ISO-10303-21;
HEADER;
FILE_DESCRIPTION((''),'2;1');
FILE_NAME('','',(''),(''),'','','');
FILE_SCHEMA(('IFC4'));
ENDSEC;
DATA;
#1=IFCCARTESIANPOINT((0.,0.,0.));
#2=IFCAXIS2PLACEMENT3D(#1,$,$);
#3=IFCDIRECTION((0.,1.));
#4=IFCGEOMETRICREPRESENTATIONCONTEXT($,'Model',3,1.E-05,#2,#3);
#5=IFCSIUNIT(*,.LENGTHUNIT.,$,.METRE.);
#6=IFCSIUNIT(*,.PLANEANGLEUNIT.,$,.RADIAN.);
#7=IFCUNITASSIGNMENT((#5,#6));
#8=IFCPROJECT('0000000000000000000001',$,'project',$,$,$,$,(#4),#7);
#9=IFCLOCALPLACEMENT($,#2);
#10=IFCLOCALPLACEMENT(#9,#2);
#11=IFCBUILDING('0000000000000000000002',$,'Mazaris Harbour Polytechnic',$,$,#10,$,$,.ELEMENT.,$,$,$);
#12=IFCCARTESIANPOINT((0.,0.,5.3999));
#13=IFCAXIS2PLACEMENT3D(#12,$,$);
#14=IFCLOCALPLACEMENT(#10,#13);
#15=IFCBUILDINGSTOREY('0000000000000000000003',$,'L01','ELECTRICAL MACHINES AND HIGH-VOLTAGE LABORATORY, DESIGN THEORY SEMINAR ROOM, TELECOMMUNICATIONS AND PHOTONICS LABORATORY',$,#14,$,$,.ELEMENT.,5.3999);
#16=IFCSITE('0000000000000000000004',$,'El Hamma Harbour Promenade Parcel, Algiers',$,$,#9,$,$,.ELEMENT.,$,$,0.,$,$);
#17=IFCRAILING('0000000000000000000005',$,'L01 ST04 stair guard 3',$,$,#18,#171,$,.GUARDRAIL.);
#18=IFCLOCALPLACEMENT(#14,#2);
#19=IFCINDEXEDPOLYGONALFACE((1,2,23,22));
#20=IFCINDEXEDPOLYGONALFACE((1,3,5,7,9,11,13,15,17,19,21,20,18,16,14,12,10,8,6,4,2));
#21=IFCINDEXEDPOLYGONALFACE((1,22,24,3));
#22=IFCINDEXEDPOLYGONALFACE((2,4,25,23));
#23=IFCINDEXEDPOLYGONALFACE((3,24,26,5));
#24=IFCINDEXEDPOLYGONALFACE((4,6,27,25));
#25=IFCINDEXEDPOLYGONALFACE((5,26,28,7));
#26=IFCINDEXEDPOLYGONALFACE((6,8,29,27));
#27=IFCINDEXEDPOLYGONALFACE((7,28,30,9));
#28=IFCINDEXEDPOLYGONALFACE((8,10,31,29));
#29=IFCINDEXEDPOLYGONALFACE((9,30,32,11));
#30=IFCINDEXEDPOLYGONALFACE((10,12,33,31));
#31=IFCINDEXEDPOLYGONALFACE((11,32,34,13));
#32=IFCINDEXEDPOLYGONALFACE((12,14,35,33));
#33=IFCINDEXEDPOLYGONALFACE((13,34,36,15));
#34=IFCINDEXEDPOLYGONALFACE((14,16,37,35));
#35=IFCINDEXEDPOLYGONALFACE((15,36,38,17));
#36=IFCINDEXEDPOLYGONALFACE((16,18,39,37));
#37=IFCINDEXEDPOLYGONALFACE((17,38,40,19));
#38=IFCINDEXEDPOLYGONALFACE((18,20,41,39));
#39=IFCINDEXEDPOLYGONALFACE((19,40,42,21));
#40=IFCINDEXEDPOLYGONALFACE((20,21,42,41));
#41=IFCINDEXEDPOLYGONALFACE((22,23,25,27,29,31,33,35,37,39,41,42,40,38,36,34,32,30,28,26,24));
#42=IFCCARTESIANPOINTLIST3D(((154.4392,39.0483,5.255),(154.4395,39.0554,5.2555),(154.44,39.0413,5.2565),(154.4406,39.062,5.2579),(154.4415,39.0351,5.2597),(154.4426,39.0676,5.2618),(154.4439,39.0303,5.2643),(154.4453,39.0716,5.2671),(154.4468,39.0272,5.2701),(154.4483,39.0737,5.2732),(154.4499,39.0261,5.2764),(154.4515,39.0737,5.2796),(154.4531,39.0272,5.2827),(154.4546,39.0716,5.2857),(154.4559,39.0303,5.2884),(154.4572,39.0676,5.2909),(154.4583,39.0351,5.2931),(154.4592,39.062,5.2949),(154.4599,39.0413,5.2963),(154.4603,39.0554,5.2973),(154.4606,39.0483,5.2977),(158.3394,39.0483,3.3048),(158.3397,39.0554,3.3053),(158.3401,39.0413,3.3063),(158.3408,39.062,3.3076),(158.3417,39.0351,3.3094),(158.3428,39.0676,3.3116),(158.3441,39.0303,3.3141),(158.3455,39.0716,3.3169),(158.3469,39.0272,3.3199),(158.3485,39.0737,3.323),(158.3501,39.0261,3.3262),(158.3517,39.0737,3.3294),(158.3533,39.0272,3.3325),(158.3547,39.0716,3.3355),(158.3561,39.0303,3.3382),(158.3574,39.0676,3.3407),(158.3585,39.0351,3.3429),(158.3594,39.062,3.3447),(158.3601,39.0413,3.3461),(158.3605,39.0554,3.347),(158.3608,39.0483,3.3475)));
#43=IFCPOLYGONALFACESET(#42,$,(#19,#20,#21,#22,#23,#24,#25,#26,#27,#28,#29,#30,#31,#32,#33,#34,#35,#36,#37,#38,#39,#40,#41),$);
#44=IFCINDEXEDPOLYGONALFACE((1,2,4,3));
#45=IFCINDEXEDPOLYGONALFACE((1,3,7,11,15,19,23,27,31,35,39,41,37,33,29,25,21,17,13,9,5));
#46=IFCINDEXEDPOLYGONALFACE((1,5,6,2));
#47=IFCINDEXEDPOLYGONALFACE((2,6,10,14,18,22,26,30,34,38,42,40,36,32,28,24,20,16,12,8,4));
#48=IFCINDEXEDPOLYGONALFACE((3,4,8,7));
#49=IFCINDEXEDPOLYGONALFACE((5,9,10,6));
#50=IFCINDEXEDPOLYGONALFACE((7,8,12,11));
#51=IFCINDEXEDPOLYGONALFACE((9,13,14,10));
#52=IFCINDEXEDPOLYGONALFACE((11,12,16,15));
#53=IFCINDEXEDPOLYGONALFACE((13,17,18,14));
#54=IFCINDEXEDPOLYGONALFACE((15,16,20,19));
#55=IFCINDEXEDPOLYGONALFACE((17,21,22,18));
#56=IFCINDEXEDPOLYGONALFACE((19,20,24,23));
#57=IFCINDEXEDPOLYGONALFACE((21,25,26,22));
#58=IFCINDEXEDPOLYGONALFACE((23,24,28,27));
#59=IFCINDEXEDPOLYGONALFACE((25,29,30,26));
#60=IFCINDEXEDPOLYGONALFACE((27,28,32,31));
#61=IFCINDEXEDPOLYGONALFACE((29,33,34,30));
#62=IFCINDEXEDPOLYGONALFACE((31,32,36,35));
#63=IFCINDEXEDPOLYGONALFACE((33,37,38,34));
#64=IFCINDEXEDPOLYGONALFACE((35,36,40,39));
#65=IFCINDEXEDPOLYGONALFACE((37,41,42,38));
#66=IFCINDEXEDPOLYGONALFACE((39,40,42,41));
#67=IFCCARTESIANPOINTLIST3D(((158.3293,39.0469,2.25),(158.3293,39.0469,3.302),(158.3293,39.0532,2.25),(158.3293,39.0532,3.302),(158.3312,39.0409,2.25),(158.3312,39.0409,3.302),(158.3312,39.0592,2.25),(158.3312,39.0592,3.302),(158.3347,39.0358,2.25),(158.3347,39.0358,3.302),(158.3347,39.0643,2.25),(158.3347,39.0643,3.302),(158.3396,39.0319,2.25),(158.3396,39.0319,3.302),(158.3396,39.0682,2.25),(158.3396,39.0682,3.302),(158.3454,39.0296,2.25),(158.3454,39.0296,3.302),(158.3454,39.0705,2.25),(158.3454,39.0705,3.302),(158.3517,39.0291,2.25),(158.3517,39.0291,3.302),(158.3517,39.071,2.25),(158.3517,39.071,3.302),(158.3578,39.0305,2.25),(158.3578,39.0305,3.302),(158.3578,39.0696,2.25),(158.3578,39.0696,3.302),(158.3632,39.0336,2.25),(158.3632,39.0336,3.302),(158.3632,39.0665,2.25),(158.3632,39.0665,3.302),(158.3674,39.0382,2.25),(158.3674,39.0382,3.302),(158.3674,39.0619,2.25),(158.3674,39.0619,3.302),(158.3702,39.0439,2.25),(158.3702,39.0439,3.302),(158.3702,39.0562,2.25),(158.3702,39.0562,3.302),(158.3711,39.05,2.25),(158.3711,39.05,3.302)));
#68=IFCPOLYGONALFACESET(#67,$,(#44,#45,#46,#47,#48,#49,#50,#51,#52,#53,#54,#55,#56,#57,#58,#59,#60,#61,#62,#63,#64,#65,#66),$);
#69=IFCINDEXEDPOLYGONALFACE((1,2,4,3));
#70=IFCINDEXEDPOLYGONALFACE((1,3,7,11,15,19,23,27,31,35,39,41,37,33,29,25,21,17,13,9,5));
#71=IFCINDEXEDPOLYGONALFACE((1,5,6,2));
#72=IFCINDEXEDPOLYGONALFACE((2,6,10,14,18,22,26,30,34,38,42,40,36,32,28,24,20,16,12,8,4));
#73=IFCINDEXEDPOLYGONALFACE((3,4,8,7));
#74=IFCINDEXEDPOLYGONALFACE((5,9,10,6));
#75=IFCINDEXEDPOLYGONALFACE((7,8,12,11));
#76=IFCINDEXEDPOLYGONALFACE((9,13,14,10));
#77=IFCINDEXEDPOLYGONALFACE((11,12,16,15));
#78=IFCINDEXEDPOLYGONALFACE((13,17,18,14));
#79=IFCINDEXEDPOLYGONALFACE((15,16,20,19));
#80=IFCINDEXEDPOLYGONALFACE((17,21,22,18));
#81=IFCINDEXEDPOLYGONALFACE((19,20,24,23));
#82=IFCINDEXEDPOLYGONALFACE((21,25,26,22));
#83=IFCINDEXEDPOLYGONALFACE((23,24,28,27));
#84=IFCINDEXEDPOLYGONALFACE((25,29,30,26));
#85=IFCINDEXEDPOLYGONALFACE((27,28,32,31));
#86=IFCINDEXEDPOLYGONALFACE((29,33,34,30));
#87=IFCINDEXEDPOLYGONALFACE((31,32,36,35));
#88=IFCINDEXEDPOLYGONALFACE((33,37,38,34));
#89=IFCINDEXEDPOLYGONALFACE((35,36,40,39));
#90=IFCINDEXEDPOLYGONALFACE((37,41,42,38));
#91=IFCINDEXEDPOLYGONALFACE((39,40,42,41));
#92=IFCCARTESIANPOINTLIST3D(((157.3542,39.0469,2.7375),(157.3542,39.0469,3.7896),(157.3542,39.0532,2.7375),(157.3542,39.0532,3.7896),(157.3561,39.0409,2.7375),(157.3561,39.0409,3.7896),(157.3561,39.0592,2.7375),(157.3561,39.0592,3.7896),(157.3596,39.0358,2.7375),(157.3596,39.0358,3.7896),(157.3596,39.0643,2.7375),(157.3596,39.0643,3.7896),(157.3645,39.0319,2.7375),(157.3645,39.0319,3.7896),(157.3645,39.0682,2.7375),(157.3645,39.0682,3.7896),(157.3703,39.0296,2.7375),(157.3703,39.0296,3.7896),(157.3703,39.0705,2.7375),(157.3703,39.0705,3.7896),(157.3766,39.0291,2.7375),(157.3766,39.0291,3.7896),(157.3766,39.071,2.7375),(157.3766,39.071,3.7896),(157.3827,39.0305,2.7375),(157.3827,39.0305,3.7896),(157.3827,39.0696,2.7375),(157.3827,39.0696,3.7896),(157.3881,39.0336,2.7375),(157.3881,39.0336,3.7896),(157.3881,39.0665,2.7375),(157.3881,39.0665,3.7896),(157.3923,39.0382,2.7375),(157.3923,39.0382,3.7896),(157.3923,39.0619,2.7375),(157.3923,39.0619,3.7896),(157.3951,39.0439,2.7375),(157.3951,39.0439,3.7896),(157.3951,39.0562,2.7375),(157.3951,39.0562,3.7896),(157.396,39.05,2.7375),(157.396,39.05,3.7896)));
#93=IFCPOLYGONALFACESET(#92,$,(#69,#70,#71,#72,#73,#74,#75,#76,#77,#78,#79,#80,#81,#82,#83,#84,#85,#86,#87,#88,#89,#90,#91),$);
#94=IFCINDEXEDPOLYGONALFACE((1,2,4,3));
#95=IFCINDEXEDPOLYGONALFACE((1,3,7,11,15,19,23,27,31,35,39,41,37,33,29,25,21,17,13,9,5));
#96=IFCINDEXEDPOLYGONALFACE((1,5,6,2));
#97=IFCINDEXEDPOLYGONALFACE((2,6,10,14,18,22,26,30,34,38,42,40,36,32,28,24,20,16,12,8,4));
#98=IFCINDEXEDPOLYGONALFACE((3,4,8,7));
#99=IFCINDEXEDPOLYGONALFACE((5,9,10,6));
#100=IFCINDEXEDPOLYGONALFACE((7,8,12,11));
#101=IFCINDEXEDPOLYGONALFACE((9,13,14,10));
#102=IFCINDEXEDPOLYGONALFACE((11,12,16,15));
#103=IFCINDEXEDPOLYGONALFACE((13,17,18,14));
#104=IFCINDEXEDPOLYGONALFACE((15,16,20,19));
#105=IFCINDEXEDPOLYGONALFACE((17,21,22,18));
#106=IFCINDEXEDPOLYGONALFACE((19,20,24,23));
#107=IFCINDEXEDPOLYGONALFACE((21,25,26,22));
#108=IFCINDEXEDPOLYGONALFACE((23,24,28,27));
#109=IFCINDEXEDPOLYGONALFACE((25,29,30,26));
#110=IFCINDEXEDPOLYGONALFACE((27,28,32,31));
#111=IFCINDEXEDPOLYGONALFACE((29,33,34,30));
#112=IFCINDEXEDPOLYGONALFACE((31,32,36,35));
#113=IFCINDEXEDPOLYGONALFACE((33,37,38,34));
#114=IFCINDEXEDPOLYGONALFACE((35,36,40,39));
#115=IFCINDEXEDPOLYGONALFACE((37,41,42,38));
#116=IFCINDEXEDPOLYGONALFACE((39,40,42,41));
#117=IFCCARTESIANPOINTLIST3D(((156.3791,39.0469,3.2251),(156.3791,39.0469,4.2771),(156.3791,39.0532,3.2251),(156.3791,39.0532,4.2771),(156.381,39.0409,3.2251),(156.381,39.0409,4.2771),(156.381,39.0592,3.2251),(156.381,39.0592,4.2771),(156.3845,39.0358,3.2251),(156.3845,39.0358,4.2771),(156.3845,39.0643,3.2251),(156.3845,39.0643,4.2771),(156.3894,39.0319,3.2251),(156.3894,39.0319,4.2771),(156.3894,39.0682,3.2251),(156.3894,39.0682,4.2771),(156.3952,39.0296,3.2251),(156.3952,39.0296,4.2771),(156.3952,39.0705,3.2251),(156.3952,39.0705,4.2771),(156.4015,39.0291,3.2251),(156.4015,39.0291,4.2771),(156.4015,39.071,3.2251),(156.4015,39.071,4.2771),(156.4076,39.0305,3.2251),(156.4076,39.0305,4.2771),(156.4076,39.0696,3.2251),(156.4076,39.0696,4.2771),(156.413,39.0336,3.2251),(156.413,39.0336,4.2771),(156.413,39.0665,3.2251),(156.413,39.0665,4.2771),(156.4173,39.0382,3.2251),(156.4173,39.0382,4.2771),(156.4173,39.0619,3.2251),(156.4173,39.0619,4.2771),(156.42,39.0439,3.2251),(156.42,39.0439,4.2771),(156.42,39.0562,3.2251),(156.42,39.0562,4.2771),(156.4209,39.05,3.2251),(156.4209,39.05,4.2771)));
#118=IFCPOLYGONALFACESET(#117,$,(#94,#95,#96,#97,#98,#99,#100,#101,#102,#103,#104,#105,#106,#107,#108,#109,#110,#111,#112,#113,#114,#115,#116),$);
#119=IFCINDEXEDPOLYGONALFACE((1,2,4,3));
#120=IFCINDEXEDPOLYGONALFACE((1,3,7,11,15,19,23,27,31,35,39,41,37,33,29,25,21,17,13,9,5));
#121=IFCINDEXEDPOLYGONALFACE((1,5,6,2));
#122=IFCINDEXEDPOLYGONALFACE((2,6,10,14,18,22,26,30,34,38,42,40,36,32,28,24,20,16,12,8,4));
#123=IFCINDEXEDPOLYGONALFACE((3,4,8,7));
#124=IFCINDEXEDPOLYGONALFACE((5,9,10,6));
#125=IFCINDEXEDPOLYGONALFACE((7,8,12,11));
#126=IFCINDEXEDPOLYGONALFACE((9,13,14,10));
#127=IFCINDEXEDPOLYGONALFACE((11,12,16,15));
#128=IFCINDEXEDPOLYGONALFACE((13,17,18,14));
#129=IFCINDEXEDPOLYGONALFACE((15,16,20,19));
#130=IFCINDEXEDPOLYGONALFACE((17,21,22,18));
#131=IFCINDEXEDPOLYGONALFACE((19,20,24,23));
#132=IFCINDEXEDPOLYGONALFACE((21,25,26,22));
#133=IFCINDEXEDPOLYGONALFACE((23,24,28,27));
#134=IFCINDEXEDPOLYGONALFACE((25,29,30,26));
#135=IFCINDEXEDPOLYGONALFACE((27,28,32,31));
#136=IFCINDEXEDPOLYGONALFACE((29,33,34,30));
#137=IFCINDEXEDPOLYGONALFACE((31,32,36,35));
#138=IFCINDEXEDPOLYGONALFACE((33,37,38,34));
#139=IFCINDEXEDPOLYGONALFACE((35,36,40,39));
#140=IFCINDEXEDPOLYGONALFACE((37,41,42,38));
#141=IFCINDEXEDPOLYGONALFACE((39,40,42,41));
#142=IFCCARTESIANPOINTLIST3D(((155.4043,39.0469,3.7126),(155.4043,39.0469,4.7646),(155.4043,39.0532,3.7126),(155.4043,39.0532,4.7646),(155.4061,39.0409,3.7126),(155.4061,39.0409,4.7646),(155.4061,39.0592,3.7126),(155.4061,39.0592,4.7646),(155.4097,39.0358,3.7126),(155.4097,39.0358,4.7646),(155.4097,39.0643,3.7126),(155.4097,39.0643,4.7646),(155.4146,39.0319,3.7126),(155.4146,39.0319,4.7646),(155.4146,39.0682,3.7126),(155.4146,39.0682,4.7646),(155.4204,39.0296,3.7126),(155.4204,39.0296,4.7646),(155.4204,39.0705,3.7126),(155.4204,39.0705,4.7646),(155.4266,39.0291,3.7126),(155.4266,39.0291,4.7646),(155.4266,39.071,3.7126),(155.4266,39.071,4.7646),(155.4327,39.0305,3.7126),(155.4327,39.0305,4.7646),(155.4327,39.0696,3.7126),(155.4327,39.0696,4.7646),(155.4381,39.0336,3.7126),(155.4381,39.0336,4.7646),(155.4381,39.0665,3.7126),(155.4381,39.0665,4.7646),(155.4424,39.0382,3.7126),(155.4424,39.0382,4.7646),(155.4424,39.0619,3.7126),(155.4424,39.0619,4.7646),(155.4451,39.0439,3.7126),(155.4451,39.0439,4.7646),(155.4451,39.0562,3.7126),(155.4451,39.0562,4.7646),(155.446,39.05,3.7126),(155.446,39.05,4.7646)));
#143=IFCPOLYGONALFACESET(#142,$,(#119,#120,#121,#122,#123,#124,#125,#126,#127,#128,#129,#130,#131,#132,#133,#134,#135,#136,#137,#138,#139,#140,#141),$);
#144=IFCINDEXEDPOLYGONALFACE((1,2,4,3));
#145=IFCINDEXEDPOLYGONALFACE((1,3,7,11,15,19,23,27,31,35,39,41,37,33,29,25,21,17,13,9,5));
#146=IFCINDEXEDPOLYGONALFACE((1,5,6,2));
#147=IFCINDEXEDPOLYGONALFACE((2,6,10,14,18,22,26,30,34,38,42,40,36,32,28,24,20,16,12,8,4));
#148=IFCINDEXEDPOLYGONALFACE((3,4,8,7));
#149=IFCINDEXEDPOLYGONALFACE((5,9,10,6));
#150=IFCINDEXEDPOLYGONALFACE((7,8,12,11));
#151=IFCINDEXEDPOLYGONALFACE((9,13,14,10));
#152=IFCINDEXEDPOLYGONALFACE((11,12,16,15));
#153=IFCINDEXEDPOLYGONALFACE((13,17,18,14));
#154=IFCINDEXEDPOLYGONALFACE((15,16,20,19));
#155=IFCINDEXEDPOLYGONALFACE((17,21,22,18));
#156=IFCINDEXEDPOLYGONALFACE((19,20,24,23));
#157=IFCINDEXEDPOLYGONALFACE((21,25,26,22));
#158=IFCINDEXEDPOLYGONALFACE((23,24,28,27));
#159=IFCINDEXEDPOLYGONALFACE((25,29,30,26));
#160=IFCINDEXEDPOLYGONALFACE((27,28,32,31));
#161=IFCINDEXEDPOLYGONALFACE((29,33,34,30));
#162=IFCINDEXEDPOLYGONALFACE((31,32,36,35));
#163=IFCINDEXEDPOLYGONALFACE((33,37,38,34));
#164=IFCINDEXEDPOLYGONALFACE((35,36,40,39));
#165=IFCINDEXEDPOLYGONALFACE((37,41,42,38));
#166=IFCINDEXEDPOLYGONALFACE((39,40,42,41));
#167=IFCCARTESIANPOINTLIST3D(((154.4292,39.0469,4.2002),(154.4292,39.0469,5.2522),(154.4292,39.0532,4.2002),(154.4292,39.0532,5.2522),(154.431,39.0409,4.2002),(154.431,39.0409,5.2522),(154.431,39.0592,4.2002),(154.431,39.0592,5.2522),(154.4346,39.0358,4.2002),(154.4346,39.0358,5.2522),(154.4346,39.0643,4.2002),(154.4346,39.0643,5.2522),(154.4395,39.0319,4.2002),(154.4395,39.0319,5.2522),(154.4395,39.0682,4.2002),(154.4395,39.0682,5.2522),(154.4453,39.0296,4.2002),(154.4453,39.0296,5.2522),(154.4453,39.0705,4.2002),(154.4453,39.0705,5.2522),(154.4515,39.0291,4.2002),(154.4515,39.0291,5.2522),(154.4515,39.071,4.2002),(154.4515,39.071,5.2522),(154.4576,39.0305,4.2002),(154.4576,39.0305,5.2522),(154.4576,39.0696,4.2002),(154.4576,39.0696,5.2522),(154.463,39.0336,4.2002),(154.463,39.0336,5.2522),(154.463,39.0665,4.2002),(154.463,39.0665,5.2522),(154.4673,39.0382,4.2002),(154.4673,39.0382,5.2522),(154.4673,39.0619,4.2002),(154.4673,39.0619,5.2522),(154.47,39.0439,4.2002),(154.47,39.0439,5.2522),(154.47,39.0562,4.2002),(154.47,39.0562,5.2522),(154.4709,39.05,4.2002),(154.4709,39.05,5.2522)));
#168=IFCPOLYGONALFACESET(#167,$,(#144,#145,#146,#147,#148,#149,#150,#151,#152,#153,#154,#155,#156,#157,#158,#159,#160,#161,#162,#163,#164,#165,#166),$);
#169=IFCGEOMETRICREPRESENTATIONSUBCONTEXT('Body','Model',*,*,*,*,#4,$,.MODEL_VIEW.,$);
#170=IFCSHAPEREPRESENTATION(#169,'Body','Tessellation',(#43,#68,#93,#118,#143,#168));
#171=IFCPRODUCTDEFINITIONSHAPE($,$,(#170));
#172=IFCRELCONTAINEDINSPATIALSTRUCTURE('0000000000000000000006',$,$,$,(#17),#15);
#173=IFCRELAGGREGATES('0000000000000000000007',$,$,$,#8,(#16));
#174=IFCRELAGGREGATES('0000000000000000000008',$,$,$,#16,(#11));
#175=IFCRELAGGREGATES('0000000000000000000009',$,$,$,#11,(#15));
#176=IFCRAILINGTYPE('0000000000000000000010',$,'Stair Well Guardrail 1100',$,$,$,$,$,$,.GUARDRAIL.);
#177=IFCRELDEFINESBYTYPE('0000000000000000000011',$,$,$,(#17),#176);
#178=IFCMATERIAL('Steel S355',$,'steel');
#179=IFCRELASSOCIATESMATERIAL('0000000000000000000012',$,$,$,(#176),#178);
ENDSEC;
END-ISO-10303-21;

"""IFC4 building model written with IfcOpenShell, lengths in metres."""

from ifc_helpers import new_model, si_unit, direction, frame, origin, origin_2d, place, context, subcontext, project, spatial, circle, extrude, material, type_object, element, save


model = new_model("IFC4")

# Units and contexts
model_context = context("Model", 3, precision=1e-05, world=origin(), true_north=direction((0.0, 1.0)))
body_context = subcontext(model_context, "Body", "Model", "MODEL_VIEW")
ifc_project = project(units=[si_unit("LENGTHUNIT", "METRE"), si_unit("PLANEANGLEUNIT", "RADIAN")], contexts=[model_context])

# Site, building, storey
site_placement = place(None, origin())
site = spatial("IfcSite", under=ifc_project, at=site_placement, Name="El Hamma Harbour Promenade Parcel, Algiers", CompositionType="ELEMENT", RefElevation=0.0)
building_placement = place(site_placement, origin())
building = spatial("IfcBuilding", under=site, at=building_placement, Name="Mazaris Harbour Polytechnic", CompositionType="ELEMENT")
storey_placement = place(building_placement, frame((0.0, 0.0, 5.3999)))
storey = spatial("IfcBuildingStorey", under=building, at=storey_placement, Name="L01", Description="ELECTRICAL MACHINES AND HIGH-VOLTAGE LABORATORY, DESIGN THEORY SEMINAR ROOM, TELECOMMUNICATIONS AND PHOTONICS LABORATORY", CompositionType="ELEMENT", Elevation=5.3999)

# Railing
ifc_material_1 = material(Name="Steel S355", Category="steel")
railing_type_1 = type_object("IfcRailingType", Name="Stair Well Guardrail 1100", PredefinedType="GUARDRAIL", material=ifc_material_1)
railing_1_placement = place(storey_placement, frame((158.3501, 39.05, 2.25)))
element("IfcRailing", 1, at=railing_1_placement, inside=storey, type_object=railing_type_1, Name="L01 ST04 stair guard 3", PredefinedType="GUARDRAIL", context=body_context, shape_type="SweptSolid", body=[
    extrude(circle(Radius=0.0239, at=origin_2d()), frame((0.0, 0.0, 1.0762), z_axis=(-0.894416, 0.0, 0.447236), x_axis=(0.0, -1.0, 0.0)), (0.0, 0.0, 1.0), 4.3606),
    extrude(circle(Radius=0.021, at=origin_2d()), origin(), (0.0, 0.0, 1.0), 1.052),
    extrude(circle(Radius=0.021, at=origin_2d()), frame((-0.9751, 0.0, 0.4875)), (0.0, 0.0, 1.0), 1.052),
    extrude(circle(Radius=0.021, at=origin_2d()), frame((-1.9502, 0.0, 0.9751)), (0.0, 0.0, 1.0), 1.052),
    extrude(circle(Radius=0.021, at=origin_2d()), frame((-2.925, 0.0, 1.4626)), (0.0, 0.0, 1.0), 1.052),
    extrude(circle(Radius=0.021, at=origin_2d()), frame((-3.9001, 0.0, 1.9502)), (0.0, 0.0, 1.0), 1.052),
])

save(model, "model.ifc")
